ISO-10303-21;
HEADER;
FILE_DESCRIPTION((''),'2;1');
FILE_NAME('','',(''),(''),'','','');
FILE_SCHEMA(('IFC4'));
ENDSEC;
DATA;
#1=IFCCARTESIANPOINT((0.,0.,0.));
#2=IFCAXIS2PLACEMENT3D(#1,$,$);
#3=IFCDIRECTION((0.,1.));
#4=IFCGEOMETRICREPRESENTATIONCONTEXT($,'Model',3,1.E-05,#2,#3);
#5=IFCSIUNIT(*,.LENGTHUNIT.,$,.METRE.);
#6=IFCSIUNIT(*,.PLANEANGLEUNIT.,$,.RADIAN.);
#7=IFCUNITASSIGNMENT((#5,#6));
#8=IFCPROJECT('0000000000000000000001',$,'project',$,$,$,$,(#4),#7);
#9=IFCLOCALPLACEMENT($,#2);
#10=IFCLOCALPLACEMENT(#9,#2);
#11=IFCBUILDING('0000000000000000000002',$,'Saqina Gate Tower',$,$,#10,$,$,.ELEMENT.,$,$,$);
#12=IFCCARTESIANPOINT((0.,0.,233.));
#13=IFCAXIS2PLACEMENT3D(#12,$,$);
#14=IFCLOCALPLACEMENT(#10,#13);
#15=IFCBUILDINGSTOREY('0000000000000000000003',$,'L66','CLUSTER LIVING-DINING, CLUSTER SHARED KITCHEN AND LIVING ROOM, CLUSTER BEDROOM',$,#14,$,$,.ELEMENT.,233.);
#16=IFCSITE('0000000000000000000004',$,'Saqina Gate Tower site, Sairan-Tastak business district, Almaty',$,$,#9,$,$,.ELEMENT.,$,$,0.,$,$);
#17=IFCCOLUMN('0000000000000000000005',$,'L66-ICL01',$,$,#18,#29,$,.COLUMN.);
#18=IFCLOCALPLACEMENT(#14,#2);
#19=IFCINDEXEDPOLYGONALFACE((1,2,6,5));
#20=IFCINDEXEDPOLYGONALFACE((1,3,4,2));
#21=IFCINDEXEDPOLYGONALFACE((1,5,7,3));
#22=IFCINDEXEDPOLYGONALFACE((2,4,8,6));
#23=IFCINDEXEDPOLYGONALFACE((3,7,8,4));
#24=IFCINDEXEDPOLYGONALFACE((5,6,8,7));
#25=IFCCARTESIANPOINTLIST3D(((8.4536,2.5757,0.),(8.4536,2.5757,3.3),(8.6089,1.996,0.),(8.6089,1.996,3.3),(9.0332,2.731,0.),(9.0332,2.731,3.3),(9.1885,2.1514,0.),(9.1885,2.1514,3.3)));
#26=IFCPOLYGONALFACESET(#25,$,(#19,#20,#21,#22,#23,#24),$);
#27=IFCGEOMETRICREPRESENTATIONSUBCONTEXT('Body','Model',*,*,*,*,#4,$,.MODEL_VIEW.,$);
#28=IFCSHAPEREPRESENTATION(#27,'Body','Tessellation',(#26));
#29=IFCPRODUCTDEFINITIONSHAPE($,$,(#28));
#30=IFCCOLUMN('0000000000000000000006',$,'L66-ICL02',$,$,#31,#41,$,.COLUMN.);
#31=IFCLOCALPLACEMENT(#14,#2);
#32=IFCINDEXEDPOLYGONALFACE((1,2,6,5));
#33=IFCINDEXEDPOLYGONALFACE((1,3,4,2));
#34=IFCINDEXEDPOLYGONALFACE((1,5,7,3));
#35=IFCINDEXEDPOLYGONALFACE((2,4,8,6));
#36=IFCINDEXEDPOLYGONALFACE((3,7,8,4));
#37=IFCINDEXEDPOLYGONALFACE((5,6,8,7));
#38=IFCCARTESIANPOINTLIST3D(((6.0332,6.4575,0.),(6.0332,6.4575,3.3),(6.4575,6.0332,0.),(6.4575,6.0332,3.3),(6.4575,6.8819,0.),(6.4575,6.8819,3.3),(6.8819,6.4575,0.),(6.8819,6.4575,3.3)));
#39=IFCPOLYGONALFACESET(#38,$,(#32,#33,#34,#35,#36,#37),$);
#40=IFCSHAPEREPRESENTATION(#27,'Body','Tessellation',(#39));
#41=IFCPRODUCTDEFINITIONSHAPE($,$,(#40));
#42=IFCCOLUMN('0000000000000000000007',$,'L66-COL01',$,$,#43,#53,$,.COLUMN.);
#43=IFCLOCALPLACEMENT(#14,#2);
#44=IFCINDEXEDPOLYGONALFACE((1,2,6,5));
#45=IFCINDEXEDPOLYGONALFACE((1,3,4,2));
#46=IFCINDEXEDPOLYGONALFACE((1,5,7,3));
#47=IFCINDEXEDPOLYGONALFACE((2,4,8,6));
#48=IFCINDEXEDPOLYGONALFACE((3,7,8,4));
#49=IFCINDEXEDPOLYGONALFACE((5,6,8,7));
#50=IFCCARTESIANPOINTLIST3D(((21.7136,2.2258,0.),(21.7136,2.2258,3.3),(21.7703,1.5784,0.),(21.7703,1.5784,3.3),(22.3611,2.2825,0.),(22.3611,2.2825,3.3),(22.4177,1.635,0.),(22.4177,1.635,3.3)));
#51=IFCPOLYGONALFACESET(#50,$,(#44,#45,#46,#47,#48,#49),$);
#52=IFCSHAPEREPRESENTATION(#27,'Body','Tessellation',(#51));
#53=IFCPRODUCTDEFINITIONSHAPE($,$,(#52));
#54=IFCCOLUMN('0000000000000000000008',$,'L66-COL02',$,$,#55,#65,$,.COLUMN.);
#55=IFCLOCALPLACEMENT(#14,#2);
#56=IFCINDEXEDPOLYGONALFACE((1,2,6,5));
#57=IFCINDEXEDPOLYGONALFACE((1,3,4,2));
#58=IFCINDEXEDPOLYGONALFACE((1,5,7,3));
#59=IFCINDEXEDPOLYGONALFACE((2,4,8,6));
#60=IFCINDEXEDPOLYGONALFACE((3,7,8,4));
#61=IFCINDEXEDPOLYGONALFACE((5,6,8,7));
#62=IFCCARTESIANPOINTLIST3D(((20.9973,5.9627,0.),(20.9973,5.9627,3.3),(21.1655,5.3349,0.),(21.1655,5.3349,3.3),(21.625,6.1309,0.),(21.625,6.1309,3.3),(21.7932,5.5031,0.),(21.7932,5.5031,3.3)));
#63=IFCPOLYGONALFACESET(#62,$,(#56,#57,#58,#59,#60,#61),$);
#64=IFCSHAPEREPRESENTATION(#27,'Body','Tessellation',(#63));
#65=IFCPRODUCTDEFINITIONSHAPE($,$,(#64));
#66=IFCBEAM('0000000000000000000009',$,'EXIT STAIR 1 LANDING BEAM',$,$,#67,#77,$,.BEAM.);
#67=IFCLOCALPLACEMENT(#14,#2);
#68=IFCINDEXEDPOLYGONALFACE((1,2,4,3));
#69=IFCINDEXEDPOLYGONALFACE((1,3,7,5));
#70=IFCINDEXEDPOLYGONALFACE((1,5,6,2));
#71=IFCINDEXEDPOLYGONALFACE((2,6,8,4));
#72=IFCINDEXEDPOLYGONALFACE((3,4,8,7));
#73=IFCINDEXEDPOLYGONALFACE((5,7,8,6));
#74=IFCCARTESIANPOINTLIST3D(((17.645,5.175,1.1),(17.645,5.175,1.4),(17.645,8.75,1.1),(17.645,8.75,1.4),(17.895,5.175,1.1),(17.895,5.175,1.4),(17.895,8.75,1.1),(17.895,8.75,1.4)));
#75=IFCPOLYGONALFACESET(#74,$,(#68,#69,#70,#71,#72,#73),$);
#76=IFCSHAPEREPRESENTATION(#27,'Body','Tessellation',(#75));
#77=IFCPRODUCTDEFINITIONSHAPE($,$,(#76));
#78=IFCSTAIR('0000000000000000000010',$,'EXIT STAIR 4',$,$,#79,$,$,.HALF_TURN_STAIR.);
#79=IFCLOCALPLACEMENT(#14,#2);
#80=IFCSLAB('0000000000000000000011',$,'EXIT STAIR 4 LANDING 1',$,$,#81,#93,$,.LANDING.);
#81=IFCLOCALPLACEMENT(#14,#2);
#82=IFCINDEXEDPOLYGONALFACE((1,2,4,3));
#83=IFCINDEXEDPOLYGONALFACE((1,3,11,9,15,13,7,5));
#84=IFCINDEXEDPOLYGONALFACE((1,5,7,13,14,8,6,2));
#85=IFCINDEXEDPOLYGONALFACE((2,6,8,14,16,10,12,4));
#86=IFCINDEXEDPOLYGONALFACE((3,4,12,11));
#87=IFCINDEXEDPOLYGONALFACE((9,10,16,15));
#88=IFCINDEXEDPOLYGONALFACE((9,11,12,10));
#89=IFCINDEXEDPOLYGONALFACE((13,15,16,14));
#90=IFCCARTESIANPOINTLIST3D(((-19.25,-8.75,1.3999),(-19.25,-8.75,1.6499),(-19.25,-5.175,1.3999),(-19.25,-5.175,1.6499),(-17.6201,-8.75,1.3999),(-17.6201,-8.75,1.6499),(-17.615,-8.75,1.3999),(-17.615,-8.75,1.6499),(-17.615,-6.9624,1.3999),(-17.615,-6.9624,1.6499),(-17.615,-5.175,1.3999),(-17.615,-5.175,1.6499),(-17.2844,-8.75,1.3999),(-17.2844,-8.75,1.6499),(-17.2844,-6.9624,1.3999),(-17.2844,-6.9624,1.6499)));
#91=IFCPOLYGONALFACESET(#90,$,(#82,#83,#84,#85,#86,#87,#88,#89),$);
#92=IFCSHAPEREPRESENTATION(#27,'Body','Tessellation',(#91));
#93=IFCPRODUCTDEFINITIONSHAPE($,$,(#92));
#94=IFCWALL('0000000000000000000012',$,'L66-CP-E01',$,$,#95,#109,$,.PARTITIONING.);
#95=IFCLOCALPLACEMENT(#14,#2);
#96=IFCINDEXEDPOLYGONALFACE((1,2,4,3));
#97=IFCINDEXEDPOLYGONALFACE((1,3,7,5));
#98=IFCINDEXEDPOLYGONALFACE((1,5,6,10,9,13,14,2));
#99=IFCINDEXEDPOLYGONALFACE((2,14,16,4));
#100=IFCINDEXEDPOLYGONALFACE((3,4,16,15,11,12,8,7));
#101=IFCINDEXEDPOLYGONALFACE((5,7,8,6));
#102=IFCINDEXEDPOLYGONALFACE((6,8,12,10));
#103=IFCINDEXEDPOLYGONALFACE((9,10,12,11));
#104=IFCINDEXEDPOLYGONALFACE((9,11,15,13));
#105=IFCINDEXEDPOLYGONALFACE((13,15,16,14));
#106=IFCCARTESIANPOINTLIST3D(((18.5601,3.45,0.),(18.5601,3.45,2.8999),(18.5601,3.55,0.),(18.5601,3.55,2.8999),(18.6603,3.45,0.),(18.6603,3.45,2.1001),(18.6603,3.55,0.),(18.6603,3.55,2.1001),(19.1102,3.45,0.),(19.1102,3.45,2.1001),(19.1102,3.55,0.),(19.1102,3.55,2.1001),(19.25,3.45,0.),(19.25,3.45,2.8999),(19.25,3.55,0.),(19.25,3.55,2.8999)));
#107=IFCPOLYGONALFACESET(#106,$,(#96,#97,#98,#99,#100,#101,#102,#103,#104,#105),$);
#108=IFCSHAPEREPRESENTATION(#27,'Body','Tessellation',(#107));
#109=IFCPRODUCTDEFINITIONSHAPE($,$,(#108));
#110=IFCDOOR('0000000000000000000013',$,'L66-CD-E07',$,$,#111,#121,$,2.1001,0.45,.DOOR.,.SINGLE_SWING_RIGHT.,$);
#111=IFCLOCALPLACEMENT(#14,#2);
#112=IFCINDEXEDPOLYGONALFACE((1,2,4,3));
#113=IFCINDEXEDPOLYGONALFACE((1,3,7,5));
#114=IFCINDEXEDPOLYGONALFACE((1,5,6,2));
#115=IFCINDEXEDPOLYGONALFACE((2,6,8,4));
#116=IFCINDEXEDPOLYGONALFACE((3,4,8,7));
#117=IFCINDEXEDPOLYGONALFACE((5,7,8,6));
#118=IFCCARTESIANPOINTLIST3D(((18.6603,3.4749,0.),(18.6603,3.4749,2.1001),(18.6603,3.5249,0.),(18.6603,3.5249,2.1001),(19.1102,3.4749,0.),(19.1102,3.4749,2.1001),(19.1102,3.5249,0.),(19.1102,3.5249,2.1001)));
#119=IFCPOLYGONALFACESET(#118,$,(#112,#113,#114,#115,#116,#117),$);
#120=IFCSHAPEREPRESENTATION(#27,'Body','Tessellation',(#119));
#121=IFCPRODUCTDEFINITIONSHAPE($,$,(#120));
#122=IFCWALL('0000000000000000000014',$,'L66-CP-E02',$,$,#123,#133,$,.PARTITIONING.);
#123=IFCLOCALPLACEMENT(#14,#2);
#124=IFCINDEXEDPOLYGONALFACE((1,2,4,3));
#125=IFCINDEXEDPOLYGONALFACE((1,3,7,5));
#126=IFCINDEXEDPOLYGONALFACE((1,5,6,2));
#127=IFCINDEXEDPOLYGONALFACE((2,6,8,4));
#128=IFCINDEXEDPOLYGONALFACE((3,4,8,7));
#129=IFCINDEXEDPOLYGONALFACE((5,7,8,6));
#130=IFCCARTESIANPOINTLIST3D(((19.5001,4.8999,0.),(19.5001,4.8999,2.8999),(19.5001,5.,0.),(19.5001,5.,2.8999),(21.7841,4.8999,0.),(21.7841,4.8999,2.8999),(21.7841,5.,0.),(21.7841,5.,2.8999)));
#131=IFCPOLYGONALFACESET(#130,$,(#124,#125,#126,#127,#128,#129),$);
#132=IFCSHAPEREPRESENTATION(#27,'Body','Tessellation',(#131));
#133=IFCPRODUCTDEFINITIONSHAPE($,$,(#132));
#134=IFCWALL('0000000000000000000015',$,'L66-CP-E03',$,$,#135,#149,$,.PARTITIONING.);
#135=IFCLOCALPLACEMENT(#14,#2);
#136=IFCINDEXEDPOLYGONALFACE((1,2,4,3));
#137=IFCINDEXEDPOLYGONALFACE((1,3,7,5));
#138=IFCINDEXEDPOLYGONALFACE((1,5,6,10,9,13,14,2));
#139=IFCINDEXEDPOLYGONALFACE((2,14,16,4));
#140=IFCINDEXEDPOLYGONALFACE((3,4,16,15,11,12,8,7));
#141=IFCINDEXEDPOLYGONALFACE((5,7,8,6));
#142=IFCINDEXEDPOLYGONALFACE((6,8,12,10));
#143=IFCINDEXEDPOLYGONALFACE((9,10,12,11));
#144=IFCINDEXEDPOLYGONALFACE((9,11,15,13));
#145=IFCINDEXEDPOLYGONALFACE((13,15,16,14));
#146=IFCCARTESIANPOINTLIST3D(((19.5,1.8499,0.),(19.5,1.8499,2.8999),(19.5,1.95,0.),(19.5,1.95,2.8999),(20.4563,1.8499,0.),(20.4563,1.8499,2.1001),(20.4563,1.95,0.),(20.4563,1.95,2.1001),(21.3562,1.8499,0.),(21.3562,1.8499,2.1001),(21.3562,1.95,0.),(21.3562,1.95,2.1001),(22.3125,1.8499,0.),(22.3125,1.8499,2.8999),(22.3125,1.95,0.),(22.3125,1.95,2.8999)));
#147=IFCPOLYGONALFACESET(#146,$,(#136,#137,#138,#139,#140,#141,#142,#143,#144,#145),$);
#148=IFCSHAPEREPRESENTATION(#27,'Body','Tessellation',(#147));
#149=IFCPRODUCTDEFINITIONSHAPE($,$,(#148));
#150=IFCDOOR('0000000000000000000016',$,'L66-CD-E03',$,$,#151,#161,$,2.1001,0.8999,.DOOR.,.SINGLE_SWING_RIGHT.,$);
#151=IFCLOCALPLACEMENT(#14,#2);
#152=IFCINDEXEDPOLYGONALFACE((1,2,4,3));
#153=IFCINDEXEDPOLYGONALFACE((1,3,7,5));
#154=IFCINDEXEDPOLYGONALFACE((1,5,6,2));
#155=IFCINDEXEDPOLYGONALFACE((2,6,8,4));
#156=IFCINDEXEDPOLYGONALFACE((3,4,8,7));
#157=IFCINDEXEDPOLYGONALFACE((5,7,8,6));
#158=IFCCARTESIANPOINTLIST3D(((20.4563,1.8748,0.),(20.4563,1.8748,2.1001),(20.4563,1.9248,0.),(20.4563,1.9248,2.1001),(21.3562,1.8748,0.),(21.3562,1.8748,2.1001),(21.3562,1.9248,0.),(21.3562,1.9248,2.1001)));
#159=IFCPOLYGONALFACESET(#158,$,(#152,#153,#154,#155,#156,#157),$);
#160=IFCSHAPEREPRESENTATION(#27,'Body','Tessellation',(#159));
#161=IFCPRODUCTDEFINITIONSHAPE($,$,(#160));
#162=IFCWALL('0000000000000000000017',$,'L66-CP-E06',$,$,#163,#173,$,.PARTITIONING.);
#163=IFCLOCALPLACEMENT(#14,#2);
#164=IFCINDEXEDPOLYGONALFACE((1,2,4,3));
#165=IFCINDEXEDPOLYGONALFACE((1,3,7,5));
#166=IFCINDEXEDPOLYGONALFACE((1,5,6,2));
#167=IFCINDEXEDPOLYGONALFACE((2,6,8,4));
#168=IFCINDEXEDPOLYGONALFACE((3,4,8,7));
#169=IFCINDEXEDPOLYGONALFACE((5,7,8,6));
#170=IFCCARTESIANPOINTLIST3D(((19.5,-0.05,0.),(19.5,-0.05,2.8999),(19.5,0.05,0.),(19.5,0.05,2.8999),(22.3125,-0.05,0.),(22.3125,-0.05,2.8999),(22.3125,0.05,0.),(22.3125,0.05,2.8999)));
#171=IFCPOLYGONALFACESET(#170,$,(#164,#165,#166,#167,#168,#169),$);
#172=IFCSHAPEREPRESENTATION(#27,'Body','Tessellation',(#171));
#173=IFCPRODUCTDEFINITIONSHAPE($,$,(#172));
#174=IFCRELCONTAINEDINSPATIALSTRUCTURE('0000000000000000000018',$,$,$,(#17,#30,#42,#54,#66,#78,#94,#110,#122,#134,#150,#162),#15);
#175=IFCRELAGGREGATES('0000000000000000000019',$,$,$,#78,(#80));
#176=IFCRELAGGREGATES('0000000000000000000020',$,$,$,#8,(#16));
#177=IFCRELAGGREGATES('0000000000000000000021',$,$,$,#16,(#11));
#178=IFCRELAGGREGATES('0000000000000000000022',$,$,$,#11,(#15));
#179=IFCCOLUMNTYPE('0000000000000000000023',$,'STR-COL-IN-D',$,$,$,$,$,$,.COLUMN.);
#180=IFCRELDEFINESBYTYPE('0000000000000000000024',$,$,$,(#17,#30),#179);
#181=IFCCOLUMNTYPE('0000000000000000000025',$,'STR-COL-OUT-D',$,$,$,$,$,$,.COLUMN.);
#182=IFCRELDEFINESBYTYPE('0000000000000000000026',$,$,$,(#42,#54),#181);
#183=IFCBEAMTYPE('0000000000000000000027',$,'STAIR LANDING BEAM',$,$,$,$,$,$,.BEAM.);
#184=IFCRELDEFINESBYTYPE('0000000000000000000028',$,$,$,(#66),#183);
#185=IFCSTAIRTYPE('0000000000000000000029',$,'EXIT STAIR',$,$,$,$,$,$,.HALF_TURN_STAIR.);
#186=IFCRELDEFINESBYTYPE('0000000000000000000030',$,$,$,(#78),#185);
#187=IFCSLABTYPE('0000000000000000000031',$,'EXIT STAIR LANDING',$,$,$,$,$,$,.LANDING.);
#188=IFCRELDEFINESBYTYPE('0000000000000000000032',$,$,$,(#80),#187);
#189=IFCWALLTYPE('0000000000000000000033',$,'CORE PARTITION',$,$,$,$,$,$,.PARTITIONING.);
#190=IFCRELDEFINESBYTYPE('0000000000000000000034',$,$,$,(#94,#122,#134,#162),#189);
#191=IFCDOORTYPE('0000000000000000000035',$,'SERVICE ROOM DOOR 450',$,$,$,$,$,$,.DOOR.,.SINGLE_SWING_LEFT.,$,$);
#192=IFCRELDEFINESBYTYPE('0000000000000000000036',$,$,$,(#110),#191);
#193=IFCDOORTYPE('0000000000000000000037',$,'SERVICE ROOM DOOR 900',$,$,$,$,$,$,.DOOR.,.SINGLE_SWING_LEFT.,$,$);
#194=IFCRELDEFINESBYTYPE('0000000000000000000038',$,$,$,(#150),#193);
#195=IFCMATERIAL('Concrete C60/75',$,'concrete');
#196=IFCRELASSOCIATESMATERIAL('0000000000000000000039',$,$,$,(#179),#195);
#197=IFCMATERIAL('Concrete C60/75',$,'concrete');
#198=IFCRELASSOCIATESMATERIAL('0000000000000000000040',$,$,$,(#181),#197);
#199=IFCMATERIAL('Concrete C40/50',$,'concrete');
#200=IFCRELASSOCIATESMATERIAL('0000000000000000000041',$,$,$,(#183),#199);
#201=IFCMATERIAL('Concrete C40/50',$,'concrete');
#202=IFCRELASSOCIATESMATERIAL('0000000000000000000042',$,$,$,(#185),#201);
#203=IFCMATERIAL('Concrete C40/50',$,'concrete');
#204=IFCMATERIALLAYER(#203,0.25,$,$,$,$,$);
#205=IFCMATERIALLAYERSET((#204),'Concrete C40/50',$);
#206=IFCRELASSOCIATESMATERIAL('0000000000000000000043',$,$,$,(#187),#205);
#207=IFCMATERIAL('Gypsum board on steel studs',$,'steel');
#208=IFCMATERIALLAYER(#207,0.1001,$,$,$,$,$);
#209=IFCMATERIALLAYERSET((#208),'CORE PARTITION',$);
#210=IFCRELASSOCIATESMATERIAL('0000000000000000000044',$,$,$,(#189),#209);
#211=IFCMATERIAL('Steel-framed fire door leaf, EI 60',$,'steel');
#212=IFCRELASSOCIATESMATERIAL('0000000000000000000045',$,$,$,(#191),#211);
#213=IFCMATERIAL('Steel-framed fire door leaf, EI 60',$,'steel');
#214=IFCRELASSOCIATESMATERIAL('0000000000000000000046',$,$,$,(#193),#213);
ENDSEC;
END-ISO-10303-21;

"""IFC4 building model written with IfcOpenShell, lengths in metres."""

from ifc_helpers import new_model, si_unit, direction, frame, frame_2d, origin, origin_2d, place, context, subcontext, project, spatial, polyline, rectangle, outline, extrude, material, layer, layer_set, material_profile, profile_set, type_object, element, fill, aggregate, save


model = new_model("IFC4")

# Units and contexts
model_context = context("Model", 3, precision=1e-05, world=origin(), true_north=direction((0.0, 1.0)))
body_context = subcontext(model_context, "Body", "Model", "MODEL_VIEW")
ifc_project = project(units=[si_unit("LENGTHUNIT", "METRE"), si_unit("PLANEANGLEUNIT", "RADIAN")], contexts=[model_context])

# Site, building, storey
site_placement = place(None, origin())
site = spatial("IfcSite", under=ifc_project, at=site_placement, Name="Saqina Gate Tower site, Sairan-Tastak business district, Almaty", CompositionType="ELEMENT", RefElevation=0.0)
building_placement = place(site_placement, origin())
building = spatial("IfcBuilding", under=site, at=building_placement, Name="Saqina Gate Tower", CompositionType="ELEMENT")
storey_placement = place(building_placement, frame((0.0, 0.0, 233.0)))
storey = spatial("IfcBuildingStorey", under=building, at=storey_placement, Name="L66", Description="CLUSTER LIVING-DINING, CLUSTER SHARED KITCHEN AND LIVING ROOM, CLUSTER BEDROOM", CompositionType="ELEMENT", Elevation=233.0)

# Columns
ifc_material_1 = material(Name="Concrete C60/75", Category="concrete")
ifc_material_profile_1 = material_profile(ifc_material_1, rectangle(XDim=0.6001, YDim=0.6001, at=origin_2d()), Name="RC 600x600")
ifc_profile_set_1 = profile_set([ifc_material_profile_1], Name="Concrete C60/75")
column_type_1 = type_object("IfcColumnType", Name="STR-COL-IN-D", PredefinedType="COLUMN", material=ifc_profile_set_1)
for number, where, z_axis, x_axis, name in (
    (1, (8.821, 2.3635, 0.0), (0.0, 0.0, 1.0), (0.965926, 0.258819, 0.0), "L66-ICL01"),
    (2, (6.4575, 6.4575, 0.0), (0.0, 0.0, 1.0), (0.707107, 0.707107, 0.0), "L66-ICL02"),
):
    element("IfcColumn", number, at=place(storey_placement, frame(where, z_axis=z_axis, x_axis=x_axis)), inside=storey, type_object=column_type_1, Name=name, PredefinedType="COLUMN", context=body_context, shape_type="SweptSolid", body=[
        extrude(rectangle(XDim=0.6001, YDim=0.6001, at=origin_2d()), origin(), (0.0, 0.0, 1.0), 3.3),
    ])
ifc_material_2 = material(Name="Concrete C60/75", Category="concrete")
ifc_material_profile_2 = material_profile(ifc_material_2, rectangle(XDim=0.6499, YDim=0.6499, at=origin_2d()), Name="RC 650x650")
ifc_profile_set_2 = profile_set([ifc_material_profile_2], Name="Concrete C60/75")
column_type_2 = type_object("IfcColumnType", Name="STR-COL-OUT-D", PredefinedType="COLUMN", material=ifc_profile_set_2)
for number, where, z_axis, x_axis, name in (
    (3, (22.0657, 1.9304, 0.0), (0.0, 0.0, 1.0), (0.996195, 0.087156, 0.0), "L66-COL01"),
    (4, (21.3953, 5.7329, 0.0), (0.0, 0.0, 1.0), (0.965926, 0.258819, 0.0), "L66-COL02"),
):
    element("IfcColumn", number, at=place(storey_placement, frame(where, z_axis=z_axis, x_axis=x_axis)), inside=storey, type_object=column_type_2, Name=name, PredefinedType="COLUMN", context=body_context, shape_type="SweptSolid", body=[
        extrude(rectangle(XDim=0.6499, YDim=0.6499, at=origin_2d()), origin(), (0.0, 0.0, 1.0), 3.3),
    ])

# Beam
ifc_material_3 = material(Name="Concrete C40/50", Category="concrete")
ifc_material_profile_3 = material_profile(ifc_material_3, rectangle(XDim=0.25, YDim=0.3, at=origin_2d()), Name="STAIR LANDING BEAM")
ifc_profile_set_3 = profile_set([ifc_material_profile_3], Name="Concrete C40/50")
beam_type = type_object("IfcBeamType", Name="STAIR LANDING BEAM", PredefinedType="BEAM", material=ifc_profile_set_3)
beam_placement = place(storey_placement, frame((17.77, 5.175, 1.25), z_axis=(0.0, 1.0, 0.0), x_axis=(-1.0, 0.0, 0.0)))
element("IfcBeam", 5, at=beam_placement, inside=storey, type_object=beam_type, Name="EXIT STAIR 1 LANDING BEAM", PredefinedType="BEAM", context=body_context, shape_type="SweptSolid", body=[
    extrude(rectangle(XDim=0.25, YDim=0.3, at=origin_2d()), origin(), (0.0, 0.0, 1.0), 3.575),
])

# Stair, slab
ifc_material_4 = material(Name="Concrete C40/50", Category="concrete")
stair_type = type_object("IfcStairType", Name="EXIT STAIR", PredefinedType="HALF_TURN_STAIR", material=ifc_material_4)
stair_1_placement = place(storey_placement, origin())
stair_1 = element("IfcStair", 6, at=stair_1_placement, inside=storey, type_object=stair_type, Name="EXIT STAIR 4", PredefinedType="HALF_TURN_STAIR")
ifc_material_5 = material(Name="Concrete C40/50", Category="concrete")
ifc_layer_1 = layer(ifc_material_5, 0.25)
ifc_layer_set_1 = layer_set([ifc_layer_1], Name="Concrete C40/50")
slab_type = type_object("IfcSlabType", Name="EXIT STAIR LANDING", PredefinedType="LANDING", material=ifc_layer_set_1)
slab_placement = place(storey_placement, frame((0.0, 0.0, 1.3999)))
slab = element("IfcSlab", 7, at=slab_placement, type_object=slab_type, Name="EXIT STAIR 4 LANDING 1", PredefinedType="LANDING", context=body_context, shape_type="SweptSolid", body=[
    extrude(outline(polyline([(-17.2844, -6.9624), (-17.2844, -8.75), (-17.615, -8.75), (-17.6201, -8.75), (-19.25, -8.75), (-19.25, -5.175), (-17.615, -5.175), (-17.615, -6.9624), (-17.2844, -6.9624)])), origin(), (0.0, 0.0, 1.0), 0.25),
])
aggregate(stair_1, [slab])

# Wall, opening, door
ifc_material_6 = material(Name="Gypsum board on steel studs", Category="steel")
ifc_layer_2 = layer(ifc_material_6, 0.1001)
ifc_layer_set_2 = layer_set([ifc_layer_2], Name="CORE PARTITION")
wall_type_1 = type_object("IfcWallType", Name="CORE PARTITION", PredefinedType="PARTITIONING", material=ifc_layer_set_2)
wall_1_placement = place(storey_placement, frame((18.5601, 3.5, 0.0), z_axis=(0.0, 0.0, 1.0), x_axis=(1.0, 0.0, 0.0)))
wall_1 = element("IfcWall", 8, at=wall_1_placement, inside=storey, type_object=wall_type_1, Name="L66-CP-E01", PredefinedType="PARTITIONING", context=body_context, shape_type="SweptSolid", body=[
    extrude(rectangle(XDim=0.6899, YDim=0.1001, at=frame_2d((0.345, 0.0))), origin(), (0.0, 0.0, 1.0), 2.8999),
])
opening_1_placement = place(wall_1_placement, frame((0.1001, 0.0, 0.0)))
opening_1 = element("IfcOpeningElement", 9, at=opening_1_placement, cuts=wall_1, PredefinedType="OPENING", context=body_context, shape_type="SweptSolid", body=[
    extrude(rectangle(XDim=0.45, YDim=2.1001, at=frame_2d((0.2251, 1.05))), frame((0.0, 0.062, 0.0), z_axis=(0.0, -1.0, 0.0), x_axis=(1.0, 0.0, 0.0)), (0.0, 0.0, 1.0), 0.124),
])
ifc_material_7 = material(Name="Steel-framed fire door leaf, EI 60", Category="steel")
door_type_1 = type_object("IfcDoorType", Name="SERVICE ROOM DOOR 450", OperationType="SINGLE_SWING_LEFT", PredefinedType="DOOR", material=ifc_material_7)
door_1_placement = place(opening_1_placement, origin())
door_1 = element("IfcDoor", 10, at=door_1_placement, inside=storey, type_object=door_type_1, Name="L66-CD-E07", OperationType="SINGLE_SWING_RIGHT", OverallHeight=2.1001, OverallWidth=0.45, PredefinedType="DOOR", context=body_context, shape_type="SweptSolid", body=[
    extrude(rectangle(XDim=0.45, YDim=2.1001, at=frame_2d((0.2251, 1.05))), frame((0.0, 0.0249, 0.0), z_axis=(0.0, -1.0, 0.0), x_axis=(1.0, 0.0, 0.0)), (0.0, 0.0, 1.0), 0.05),
])
fill(opening_1, door_1)

# Wall
wall_2_placement = place(storey_placement, frame((19.5, 4.95, 0.0), z_axis=(0.0, 0.0, 1.0), x_axis=(1.0, 0.0, 0.0)))
element("IfcWall", 11, at=wall_2_placement, inside=storey, type_object=wall_type_1, Name="L66-CP-E02", PredefinedType="PARTITIONING", context=body_context, shape_type="SweptSolid", body=[
    extrude(rectangle(XDim=2.2839, YDim=0.1001, at=frame_2d((1.1421, 0.0))), origin(), (0.0, 0.0, 1.0), 2.8999),
])

# Wall, opening, door
wall_3_placement = place(storey_placement, frame((19.5, 1.8999, 0.0), z_axis=(0.0, 0.0, 1.0), x_axis=(1.0, 0.0, 0.0)))
wall_3 = element("IfcWall", 12, at=wall_3_placement, inside=storey, type_object=wall_type_1, Name="L66-CP-E03", PredefinedType="PARTITIONING", context=body_context, shape_type="SweptSolid", body=[
    extrude(rectangle(XDim=2.8125, YDim=0.1001, at=frame_2d((1.4062, 0.0))), origin(), (0.0, 0.0, 1.0), 2.8999),
])
opening_2_placement = place(wall_3_placement, frame((0.9563, 0.0, 0.0)))
opening_2 = element("IfcOpeningElement", 13, at=opening_2_placement, cuts=wall_3, PredefinedType="OPENING", context=body_context, shape_type="SweptSolid", body=[
    extrude(rectangle(XDim=0.8999, YDim=2.1001, at=frame_2d((0.45, 1.05))), frame((0.0, 0.062, 0.0), z_axis=(0.0, -1.0, 0.0), x_axis=(1.0, 0.0, 0.0)), (0.0, 0.0, 1.0), 0.124),
])
ifc_material_8 = material(Name="Steel-framed fire door leaf, EI 60", Category="steel")
door_type_2 = type_object("IfcDoorType", Name="SERVICE ROOM DOOR 900", OperationType="SINGLE_SWING_LEFT", PredefinedType="DOOR", material=ifc_material_8)
door_2_placement = place(opening_2_placement, origin())
door_2 = element("IfcDoor", 14, at=door_2_placement, inside=storey, type_object=door_type_2, Name="L66-CD-E03", OperationType="SINGLE_SWING_RIGHT", OverallHeight=2.1001, OverallWidth=0.8999, PredefinedType="DOOR", context=body_context, shape_type="SweptSolid", body=[
    extrude(rectangle(XDim=0.8999, YDim=2.1001, at=frame_2d((0.45, 1.05))), frame((0.0, 0.0249, 0.0), z_axis=(0.0, -1.0, 0.0), x_axis=(1.0, 0.0, 0.0)), (0.0, 0.0, 1.0), 0.05),
])
fill(opening_2, door_2)

# Wall
wall_4_placement = place(storey_placement, frame((19.5, 0.0, 0.0), z_axis=(0.0, 0.0, 1.0), x_axis=(1.0, 0.0, 0.0)))
element("IfcWall", 15, at=wall_4_placement, inside=storey, type_object=wall_type_1, Name="L66-CP-E06", PredefinedType="PARTITIONING", context=body_context, shape_type="SweptSolid", body=[
    extrude(rectangle(XDim=2.8125, YDim=0.1001, at=frame_2d((1.4062, 0.0))), origin(), (0.0, 0.0, 1.0), 2.8999),
])

save(model, "model.ifc")
